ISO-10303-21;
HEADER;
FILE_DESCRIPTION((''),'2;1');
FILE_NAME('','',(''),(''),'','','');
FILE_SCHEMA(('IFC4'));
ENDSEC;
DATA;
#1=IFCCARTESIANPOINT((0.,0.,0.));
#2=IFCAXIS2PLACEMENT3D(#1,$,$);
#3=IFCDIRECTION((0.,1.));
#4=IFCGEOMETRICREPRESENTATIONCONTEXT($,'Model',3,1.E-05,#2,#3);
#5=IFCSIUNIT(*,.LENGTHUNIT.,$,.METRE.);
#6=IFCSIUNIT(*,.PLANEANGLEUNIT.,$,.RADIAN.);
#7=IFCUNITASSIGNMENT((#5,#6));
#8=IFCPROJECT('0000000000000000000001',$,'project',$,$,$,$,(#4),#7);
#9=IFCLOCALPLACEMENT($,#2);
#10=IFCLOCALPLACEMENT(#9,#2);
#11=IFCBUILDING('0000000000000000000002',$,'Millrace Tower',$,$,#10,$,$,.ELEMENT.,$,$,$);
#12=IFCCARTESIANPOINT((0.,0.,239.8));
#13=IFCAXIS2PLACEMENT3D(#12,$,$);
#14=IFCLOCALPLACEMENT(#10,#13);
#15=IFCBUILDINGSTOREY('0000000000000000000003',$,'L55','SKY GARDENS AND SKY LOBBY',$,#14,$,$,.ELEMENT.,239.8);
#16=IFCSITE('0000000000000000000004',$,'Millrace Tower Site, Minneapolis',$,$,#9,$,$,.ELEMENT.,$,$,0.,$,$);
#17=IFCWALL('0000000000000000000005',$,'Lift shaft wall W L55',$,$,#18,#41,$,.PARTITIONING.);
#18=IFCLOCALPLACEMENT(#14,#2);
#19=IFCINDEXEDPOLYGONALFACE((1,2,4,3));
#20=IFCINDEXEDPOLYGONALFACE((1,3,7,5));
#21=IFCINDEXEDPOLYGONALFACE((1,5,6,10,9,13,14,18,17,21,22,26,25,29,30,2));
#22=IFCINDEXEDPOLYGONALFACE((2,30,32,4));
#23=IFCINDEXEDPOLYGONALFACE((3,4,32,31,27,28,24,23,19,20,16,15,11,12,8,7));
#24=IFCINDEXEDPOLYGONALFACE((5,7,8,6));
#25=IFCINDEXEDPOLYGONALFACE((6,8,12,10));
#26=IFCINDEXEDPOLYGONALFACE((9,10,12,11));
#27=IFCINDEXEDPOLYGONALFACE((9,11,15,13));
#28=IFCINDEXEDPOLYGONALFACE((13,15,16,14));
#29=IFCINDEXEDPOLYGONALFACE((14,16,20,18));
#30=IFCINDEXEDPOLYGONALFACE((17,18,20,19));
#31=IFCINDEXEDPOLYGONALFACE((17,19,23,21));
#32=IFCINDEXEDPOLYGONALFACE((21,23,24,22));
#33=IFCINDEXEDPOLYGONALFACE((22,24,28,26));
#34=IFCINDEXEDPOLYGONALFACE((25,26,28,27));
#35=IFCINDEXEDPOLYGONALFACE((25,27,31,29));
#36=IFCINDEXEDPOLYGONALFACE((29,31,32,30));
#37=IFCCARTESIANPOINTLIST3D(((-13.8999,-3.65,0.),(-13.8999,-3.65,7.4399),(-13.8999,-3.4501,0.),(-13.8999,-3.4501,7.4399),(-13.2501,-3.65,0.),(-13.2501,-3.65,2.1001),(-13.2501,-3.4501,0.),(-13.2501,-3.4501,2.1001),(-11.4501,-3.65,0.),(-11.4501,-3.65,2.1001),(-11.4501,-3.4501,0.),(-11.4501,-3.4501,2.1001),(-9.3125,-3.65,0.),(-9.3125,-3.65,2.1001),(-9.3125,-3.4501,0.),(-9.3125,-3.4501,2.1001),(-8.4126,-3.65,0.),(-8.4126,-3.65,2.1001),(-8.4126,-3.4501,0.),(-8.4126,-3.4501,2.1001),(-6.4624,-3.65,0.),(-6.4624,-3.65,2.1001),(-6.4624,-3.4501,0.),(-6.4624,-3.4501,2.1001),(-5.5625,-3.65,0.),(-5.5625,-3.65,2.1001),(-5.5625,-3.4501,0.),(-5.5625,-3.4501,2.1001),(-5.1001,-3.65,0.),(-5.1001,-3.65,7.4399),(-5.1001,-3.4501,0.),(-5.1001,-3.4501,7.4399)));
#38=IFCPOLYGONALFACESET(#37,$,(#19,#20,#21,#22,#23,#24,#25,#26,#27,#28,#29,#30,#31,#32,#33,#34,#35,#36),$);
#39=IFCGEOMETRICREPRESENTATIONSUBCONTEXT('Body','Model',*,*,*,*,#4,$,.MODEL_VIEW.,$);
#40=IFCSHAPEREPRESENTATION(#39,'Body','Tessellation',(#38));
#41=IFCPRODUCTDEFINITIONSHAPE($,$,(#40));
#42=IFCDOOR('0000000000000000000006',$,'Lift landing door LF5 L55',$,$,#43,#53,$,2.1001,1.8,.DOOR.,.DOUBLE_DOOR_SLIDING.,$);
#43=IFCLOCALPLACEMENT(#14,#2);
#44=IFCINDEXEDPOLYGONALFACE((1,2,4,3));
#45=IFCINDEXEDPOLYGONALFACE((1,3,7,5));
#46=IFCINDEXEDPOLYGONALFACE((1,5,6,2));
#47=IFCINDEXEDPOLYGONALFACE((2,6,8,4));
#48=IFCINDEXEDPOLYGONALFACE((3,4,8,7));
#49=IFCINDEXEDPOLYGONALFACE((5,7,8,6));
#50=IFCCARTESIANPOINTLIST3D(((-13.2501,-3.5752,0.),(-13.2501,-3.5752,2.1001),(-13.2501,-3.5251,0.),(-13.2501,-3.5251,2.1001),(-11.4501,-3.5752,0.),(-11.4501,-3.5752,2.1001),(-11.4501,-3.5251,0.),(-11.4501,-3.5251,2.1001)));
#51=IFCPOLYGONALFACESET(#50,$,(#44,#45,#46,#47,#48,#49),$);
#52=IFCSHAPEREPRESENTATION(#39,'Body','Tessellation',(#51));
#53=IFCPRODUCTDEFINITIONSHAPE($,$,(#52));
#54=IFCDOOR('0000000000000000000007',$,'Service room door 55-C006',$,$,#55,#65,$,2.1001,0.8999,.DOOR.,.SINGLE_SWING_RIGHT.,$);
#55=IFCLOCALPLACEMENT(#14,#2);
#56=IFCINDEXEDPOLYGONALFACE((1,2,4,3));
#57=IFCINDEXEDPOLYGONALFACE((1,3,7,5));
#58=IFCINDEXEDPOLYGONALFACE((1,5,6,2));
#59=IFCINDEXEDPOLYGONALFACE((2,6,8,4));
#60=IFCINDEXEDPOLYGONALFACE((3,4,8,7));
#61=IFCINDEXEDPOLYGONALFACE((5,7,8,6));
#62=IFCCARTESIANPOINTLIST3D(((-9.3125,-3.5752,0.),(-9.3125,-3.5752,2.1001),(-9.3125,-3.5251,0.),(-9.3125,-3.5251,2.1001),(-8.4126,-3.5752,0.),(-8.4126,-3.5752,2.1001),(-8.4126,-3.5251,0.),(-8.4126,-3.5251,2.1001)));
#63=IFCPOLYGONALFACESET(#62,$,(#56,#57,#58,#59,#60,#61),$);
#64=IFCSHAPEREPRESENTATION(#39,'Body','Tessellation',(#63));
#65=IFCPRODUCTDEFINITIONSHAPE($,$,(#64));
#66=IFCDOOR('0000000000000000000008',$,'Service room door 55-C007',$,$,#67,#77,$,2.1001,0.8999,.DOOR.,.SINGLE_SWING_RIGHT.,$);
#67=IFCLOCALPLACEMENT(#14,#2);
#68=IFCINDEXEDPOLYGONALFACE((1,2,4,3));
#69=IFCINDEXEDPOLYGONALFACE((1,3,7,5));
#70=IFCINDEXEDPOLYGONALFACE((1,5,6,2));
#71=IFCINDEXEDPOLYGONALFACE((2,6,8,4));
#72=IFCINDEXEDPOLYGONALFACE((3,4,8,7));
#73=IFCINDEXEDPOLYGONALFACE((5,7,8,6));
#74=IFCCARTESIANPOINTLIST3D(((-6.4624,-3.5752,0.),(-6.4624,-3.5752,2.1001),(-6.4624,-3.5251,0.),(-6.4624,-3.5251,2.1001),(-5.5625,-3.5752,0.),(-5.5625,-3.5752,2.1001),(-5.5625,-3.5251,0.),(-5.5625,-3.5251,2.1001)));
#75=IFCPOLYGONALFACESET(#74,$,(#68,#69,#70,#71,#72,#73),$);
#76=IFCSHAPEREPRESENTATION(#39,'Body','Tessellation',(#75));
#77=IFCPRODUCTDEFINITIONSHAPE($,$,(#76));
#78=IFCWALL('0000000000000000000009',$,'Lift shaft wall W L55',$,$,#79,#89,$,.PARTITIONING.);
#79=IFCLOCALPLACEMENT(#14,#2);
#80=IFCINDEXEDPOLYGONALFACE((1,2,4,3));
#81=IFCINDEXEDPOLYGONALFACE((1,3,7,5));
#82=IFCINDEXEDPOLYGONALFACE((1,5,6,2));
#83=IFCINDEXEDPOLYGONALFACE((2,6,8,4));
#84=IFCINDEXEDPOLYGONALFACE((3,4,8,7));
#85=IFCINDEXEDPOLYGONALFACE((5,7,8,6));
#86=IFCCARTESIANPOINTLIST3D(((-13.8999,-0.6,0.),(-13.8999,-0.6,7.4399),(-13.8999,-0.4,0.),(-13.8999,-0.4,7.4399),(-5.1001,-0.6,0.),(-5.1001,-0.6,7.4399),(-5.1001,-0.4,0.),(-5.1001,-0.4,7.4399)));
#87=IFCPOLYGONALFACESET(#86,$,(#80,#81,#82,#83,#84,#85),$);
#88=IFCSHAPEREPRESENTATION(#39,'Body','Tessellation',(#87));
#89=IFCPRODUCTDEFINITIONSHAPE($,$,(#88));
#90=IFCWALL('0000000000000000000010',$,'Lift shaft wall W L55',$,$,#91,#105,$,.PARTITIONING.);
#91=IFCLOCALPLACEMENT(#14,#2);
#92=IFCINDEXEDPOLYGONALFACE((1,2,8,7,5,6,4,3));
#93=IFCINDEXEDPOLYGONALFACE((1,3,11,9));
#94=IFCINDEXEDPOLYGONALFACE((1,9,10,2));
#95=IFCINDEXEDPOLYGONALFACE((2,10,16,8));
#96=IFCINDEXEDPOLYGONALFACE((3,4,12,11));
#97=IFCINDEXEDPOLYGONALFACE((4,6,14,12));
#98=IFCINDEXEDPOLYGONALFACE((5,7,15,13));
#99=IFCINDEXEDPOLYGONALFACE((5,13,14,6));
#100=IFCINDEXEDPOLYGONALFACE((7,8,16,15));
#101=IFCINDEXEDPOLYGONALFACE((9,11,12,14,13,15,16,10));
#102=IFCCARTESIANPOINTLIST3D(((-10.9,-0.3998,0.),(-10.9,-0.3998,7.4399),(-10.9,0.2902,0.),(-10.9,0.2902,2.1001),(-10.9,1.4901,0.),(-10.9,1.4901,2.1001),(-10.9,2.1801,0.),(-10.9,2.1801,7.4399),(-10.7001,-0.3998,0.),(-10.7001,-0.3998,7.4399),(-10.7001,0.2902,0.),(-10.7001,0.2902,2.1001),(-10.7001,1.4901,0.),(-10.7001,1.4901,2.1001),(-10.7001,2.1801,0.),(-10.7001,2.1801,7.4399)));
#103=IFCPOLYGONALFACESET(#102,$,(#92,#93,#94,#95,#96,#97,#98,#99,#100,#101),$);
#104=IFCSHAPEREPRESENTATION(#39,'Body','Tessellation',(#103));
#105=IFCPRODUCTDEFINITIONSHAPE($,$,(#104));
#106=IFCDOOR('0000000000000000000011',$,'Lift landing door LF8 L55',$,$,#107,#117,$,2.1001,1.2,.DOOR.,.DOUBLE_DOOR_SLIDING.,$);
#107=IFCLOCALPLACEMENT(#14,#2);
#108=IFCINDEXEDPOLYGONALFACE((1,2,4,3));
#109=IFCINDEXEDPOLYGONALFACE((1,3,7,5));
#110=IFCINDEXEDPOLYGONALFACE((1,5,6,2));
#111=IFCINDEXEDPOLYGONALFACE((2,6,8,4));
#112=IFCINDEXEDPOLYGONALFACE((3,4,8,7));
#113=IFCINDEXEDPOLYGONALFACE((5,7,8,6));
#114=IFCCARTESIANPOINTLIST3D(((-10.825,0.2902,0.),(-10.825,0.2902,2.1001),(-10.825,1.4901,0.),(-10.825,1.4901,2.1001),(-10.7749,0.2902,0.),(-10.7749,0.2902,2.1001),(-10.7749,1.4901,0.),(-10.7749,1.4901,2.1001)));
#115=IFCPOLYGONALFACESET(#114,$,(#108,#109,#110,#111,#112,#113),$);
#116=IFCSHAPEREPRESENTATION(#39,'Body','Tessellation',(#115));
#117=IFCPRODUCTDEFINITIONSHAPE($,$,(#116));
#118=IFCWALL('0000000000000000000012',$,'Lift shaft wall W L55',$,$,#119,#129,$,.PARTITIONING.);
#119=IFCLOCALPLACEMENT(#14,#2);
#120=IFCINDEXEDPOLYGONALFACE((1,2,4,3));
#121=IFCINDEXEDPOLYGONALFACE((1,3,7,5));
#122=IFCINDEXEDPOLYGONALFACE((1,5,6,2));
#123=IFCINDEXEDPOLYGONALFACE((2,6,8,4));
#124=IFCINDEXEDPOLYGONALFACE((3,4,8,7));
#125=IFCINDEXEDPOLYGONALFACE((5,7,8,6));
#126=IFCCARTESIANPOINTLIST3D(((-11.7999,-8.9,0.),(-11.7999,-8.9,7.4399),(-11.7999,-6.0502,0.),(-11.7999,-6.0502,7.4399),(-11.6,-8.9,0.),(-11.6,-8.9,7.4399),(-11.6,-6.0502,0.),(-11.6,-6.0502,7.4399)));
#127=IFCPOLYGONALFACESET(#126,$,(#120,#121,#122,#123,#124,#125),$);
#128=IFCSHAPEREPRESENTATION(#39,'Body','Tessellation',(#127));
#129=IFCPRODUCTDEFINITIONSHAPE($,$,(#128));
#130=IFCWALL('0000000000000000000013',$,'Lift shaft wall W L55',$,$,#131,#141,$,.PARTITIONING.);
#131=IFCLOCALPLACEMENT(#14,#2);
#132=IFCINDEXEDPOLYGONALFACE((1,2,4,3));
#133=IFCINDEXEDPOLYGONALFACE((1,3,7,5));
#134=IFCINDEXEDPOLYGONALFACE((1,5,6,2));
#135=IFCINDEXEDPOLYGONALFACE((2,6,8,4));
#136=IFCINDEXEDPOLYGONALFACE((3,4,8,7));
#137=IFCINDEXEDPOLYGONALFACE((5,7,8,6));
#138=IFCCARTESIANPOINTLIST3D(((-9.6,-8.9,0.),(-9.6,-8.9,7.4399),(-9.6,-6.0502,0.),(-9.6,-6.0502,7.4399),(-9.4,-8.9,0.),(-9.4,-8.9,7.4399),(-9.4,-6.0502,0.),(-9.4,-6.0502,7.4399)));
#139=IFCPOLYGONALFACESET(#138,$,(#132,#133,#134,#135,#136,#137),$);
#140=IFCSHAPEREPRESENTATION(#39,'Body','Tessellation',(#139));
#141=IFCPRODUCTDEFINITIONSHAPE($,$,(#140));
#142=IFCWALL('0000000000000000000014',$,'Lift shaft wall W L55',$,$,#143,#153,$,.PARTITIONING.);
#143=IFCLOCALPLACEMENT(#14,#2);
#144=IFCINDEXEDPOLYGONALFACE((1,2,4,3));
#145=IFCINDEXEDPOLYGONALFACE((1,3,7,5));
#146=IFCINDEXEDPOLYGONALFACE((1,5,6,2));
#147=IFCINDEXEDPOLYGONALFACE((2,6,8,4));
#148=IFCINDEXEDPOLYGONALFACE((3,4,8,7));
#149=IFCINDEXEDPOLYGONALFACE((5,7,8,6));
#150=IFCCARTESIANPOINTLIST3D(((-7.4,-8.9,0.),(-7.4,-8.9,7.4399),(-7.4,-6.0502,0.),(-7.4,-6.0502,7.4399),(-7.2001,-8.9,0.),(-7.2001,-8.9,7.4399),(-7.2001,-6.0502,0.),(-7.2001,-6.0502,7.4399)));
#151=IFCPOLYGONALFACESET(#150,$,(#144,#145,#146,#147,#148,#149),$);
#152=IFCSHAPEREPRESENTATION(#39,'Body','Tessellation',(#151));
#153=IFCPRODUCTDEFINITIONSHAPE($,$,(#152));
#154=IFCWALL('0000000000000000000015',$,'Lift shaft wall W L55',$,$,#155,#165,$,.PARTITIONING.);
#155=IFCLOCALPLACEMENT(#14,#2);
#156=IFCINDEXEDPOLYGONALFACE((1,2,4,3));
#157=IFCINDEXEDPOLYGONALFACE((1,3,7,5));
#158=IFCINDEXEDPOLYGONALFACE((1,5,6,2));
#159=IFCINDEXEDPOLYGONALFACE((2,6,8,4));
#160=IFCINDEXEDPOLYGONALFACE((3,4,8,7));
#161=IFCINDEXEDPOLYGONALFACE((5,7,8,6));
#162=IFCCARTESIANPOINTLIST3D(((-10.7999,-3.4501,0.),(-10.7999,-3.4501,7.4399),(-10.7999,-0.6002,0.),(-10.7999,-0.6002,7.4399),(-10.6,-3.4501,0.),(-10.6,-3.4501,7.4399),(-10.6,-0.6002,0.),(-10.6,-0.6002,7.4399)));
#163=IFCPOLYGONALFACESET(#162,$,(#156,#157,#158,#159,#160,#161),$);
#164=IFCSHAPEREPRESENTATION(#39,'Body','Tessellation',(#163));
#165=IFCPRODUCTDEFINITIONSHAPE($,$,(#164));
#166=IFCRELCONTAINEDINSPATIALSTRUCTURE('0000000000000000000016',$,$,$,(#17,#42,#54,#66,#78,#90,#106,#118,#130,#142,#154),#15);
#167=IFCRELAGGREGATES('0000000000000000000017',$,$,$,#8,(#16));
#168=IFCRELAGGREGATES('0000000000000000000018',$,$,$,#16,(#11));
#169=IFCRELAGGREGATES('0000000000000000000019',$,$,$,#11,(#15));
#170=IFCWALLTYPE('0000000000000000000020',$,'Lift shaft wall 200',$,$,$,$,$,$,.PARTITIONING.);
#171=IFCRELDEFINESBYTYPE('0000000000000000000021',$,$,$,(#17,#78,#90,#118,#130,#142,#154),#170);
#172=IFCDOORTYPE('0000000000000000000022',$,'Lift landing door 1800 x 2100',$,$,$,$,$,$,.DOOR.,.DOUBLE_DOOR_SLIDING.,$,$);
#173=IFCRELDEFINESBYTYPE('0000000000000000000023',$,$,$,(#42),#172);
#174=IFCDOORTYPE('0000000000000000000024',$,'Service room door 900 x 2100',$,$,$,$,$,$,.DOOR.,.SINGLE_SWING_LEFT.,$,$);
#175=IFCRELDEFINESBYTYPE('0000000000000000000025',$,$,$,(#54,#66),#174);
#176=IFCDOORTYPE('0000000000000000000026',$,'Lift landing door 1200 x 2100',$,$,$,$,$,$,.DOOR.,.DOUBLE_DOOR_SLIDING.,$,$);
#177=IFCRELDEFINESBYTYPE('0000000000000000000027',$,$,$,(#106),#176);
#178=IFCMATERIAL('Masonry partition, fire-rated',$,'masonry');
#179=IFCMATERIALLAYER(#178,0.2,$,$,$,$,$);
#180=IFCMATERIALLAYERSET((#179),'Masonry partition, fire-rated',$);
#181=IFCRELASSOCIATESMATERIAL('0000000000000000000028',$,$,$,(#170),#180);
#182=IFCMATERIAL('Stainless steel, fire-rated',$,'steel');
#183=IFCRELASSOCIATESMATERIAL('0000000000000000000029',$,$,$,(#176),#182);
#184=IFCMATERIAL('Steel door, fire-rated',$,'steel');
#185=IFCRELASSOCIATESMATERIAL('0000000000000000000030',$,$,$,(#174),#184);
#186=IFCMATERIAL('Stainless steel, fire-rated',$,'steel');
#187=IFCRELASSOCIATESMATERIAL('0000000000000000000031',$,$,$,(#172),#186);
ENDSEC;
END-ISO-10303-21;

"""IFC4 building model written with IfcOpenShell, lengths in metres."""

from ifc_helpers import new_model, si_unit, direction, frame, frame_2d, origin, place, context, subcontext, project, spatial, rectangle, extrude, material, layer, layer_set, type_object, element, fill, save


model = new_model("IFC4")

# Units and contexts
model_context = context("Model", 3, precision=1e-05, world=origin(), true_north=direction((0.0, 1.0)))
body_context = subcontext(model_context, "Body", "Model", "MODEL_VIEW")
ifc_project = project(units=[si_unit("LENGTHUNIT", "METRE"), si_unit("PLANEANGLEUNIT", "RADIAN")], contexts=[model_context])

# Site, building, storey
site_placement = place(None, origin())
site = spatial("IfcSite", under=ifc_project, at=site_placement, Name="Millrace Tower Site, Minneapolis", CompositionType="ELEMENT", RefElevation=0.0)
building_placement = place(site_placement, origin())
building = spatial("IfcBuilding", under=site, at=building_placement, Name="Millrace Tower", CompositionType="ELEMENT")
storey_placement = place(building_placement, frame((0.0, 0.0, 239.8)))
storey = spatial("IfcBuildingStorey", under=building, at=storey_placement, Name="L55", Description="SKY GARDENS AND SKY LOBBY", CompositionType="ELEMENT", Elevation=239.8)

# Wall, openings, doors
ifc_material_1 = material(Name="Masonry partition, fire-rated", Category="masonry")
ifc_layer_1 = layer(ifc_material_1, 0.2)
ifc_layer_set_1 = layer_set([ifc_layer_1], Name="Masonry partition, fire-rated")
wall_type_1 = type_object("IfcWallType", Name="Lift shaft wall 200", PredefinedType="PARTITIONING", material=ifc_layer_set_1)
ifc_material_2 = material(Name="Stainless steel, fire-rated", Category="steel")
door_type_1 = type_object("IfcDoorType", Name="Lift landing door 1200 x 2100", OperationType="DOUBLE_DOOR_SLIDING", PredefinedType="DOOR", material=ifc_material_2)
ifc_material_3 = material(Name="Steel door, fire-rated", Category="steel")
door_type_2 = type_object("IfcDoorType", Name="Service room door 900 x 2100", OperationType="SINGLE_SWING_LEFT", PredefinedType="DOOR", material=ifc_material_3)
wall_1_placement = place(storey_placement, frame((-13.8999, -3.55, 0.0), z_axis=(0.0, 0.0, 1.0), x_axis=(1.0, 0.0, 0.0)))
wall_1 = element("IfcWall", 1, at=wall_1_placement, inside=storey, type_object=wall_type_1, Name="Lift shaft wall W L55", PredefinedType="PARTITIONING", context=body_context, shape_type="SweptSolid", body=[
    extrude(rectangle(XDim=8.7998, YDim=0.2, at=frame_2d((4.3999, 0.0))), origin(), (0.0, 0.0, 1.0), 7.4399),
])
opening_1_placement = place(wall_1_placement, frame((0.6499, 0.0, 0.0)))
opening_1 = element("IfcOpeningElement", 2, at=opening_1_placement, cuts=wall_1, PredefinedType="OPENING", context=body_context, shape_type="SweptSolid", body=[
    extrude(rectangle(XDim=1.8, YDim=2.1001, at=frame_2d((0.8999, 1.05))), frame((0.0, 0.1099, 0.0), z_axis=(0.0, -1.0, 0.0), x_axis=(1.0, 0.0, 0.0)), (0.0, 0.0, 1.0), 0.22),
])
opening_2_placement = place(wall_1_placement, frame((4.5874, 0.0, 0.0)))
opening_2 = element("IfcOpeningElement", 3, at=opening_2_placement, cuts=wall_1, PredefinedType="OPENING", context=body_context, shape_type="SweptSolid", body=[
    extrude(rectangle(XDim=0.8999, YDim=2.1001, at=frame_2d((0.45, 1.05))), frame((0.0, 0.1099, 0.0), z_axis=(0.0, -1.0, 0.0), x_axis=(1.0, 0.0, 0.0)), (0.0, 0.0, 1.0), 0.22),
])
opening_3_placement = place(wall_1_placement, frame((7.4375, 0.0, 0.0)))
opening_3 = element("IfcOpeningElement", 4, at=opening_3_placement, cuts=wall_1, PredefinedType="OPENING", context=body_context, shape_type="SweptSolid", body=[
    extrude(rectangle(XDim=0.8999, YDim=2.1001, at=frame_2d((0.45, 1.05))), frame((0.0, 0.1099, 0.0), z_axis=(0.0, -1.0, 0.0), x_axis=(1.0, 0.0, 0.0)), (0.0, 0.0, 1.0), 0.22),
])
ifc_material_4 = material(Name="Stainless steel, fire-rated", Category="steel")
door_type_3 = type_object("IfcDoorType", Name="Lift landing door 1800 x 2100", OperationType="DOUBLE_DOOR_SLIDING", PredefinedType="DOOR", material=ifc_material_4)
door_1_placement = place(opening_1_placement, origin())
door_1 = element("IfcDoor", 5, at=door_1_placement, inside=storey, type_object=door_type_3, Name="Lift landing door LF5 L55", OperationType="DOUBLE_DOOR_SLIDING", OverallHeight=2.1001, OverallWidth=1.8, PredefinedType="DOOR", context=body_context, shape_type="SweptSolid", body=[
    extrude(rectangle(XDim=1.8, YDim=2.1001, at=frame_2d((0.8999, 1.05))), frame((0.0, 0.0249, 0.0), z_axis=(0.0, -1.0, 0.0), x_axis=(1.0, 0.0, 0.0)), (0.0, 0.0, 1.0), 0.05),
])
fill(opening_1, door_1)
door_2_placement = place(opening_2_placement, origin())
door_2 = element("IfcDoor", 6, at=door_2_placement, inside=storey, type_object=door_type_2, Name="Service room door 55-C006", OperationType="SINGLE_SWING_RIGHT", OverallHeight=2.1001, OverallWidth=0.8999, PredefinedType="DOOR", context=body_context, shape_type="SweptSolid", body=[
    extrude(rectangle(XDim=0.8999, YDim=2.1001, at=frame_2d((0.45, 1.05))), frame((0.0, 0.0249, 0.0), z_axis=(0.0, -1.0, 0.0), x_axis=(1.0, 0.0, 0.0)), (0.0, 0.0, 1.0), 0.05),
])
fill(opening_2, door_2)
door_3_placement = place(opening_3_placement, origin())
door_3 = element("IfcDoor", 7, at=door_3_placement, inside=storey, type_object=door_type_2, Name="Service room door 55-C007", OperationType="SINGLE_SWING_RIGHT", OverallHeight=2.1001, OverallWidth=0.8999, PredefinedType="DOOR", context=body_context, shape_type="SweptSolid", body=[
    extrude(rectangle(XDim=0.8999, YDim=2.1001, at=frame_2d((0.45, 1.05))), frame((0.0, 0.0249, 0.0), z_axis=(0.0, -1.0, 0.0), x_axis=(1.0, 0.0, 0.0)), (0.0, 0.0, 1.0), 0.05),
])
fill(opening_3, door_3)

# Wall
wall_2_placement = place(storey_placement, frame((-13.8999, -0.5, 0.0), z_axis=(0.0, 0.0, 1.0), x_axis=(1.0, 0.0, 0.0)))
element("IfcWall", 8, at=wall_2_placement, inside=storey, type_object=wall_type_1, Name="Lift shaft wall W L55", PredefinedType="PARTITIONING", context=body_context, shape_type="SweptSolid", body=[
    extrude(rectangle(XDim=8.7998, YDim=0.2, at=frame_2d((4.3999, 0.0))), origin(), (0.0, 0.0, 1.0), 7.4399),
])

# Wall, opening, door
wall_3_placement = place(storey_placement, frame((-10.8, -0.3999, 0.0), z_axis=(0.0, 0.0, 1.0), x_axis=(0.0, 1.0, 0.0)))
wall_3 = element("IfcWall", 9, at=wall_3_placement, inside=storey, type_object=wall_type_1, Name="Lift shaft wall W L55", PredefinedType="PARTITIONING", context=body_context, shape_type="SweptSolid", body=[
    extrude(rectangle(XDim=2.5798, YDim=0.2, at=frame_2d((1.29, 0.0))), origin(), (0.0, 0.0, 1.0), 7.4399),
])
opening_4_placement = place(wall_3_placement, frame((0.6899, 0.0, 0.0)))
opening_4 = element("IfcOpeningElement", 10, at=opening_4_placement, cuts=wall_3, PredefinedType="OPENING", context=body_context, shape_type="SweptSolid", body=[
    extrude(rectangle(XDim=1.2, YDim=2.1001, at=frame_2d((0.6001, 1.05))), frame((0.0, 0.1099, 0.0), z_axis=(0.0, -1.0, 0.0), x_axis=(1.0, 0.0, 0.0)), (0.0, 0.0, 1.0), 0.22),
])
door_4_placement = place(opening_4_placement, origin())
door_4 = element("IfcDoor", 11, at=door_4_placement, inside=storey, type_object=door_type_1, Name="Lift landing door LF8 L55", OperationType="DOUBLE_DOOR_SLIDING", OverallHeight=2.1001, OverallWidth=1.2, PredefinedType="DOOR", context=body_context, shape_type="SweptSolid", body=[
    extrude(rectangle(XDim=1.2, YDim=2.1001, at=frame_2d((0.6001, 1.05))), frame((0.0, 0.0249, 0.0), z_axis=(0.0, -1.0, 0.0), x_axis=(1.0, 0.0, 0.0)), (0.0, 0.0, 1.0), 0.05),
])
fill(opening_4, door_4)

# Walls
for number, where, z_axis, x_axis, name in (
    (12, (-11.7, -8.8999, 0.0), (0.0, 0.0, 1.0), (0.0, 1.0, 0.0), "Lift shaft wall W L55"),
    (13, (-9.5, -8.8999, 0.0), (0.0, 0.0, 1.0), (0.0, 1.0, 0.0), "Lift shaft wall W L55"),
    (14, (-7.3, -8.8999, 0.0), (0.0, 0.0, 1.0), (0.0, 1.0, 0.0), "Lift shaft wall W L55"),
    (15, (-10.7, -3.45, 0.0), (0.0, 0.0, 1.0), (0.0, 1.0, 0.0), "Lift shaft wall W L55"),
):
    element("IfcWall", number, at=place(storey_placement, frame(where, z_axis=z_axis, x_axis=x_axis)), inside=storey, type_object=wall_type_1, Name=name, PredefinedType="PARTITIONING", context=body_context, shape_type="SweptSolid", body=[
        extrude(rectangle(XDim=2.8499, YDim=0.2, at=frame_2d((1.4248, 0.0))), origin(), (0.0, 0.0, 1.0), 7.4399),
    ])

save(model, "model.ifc")
